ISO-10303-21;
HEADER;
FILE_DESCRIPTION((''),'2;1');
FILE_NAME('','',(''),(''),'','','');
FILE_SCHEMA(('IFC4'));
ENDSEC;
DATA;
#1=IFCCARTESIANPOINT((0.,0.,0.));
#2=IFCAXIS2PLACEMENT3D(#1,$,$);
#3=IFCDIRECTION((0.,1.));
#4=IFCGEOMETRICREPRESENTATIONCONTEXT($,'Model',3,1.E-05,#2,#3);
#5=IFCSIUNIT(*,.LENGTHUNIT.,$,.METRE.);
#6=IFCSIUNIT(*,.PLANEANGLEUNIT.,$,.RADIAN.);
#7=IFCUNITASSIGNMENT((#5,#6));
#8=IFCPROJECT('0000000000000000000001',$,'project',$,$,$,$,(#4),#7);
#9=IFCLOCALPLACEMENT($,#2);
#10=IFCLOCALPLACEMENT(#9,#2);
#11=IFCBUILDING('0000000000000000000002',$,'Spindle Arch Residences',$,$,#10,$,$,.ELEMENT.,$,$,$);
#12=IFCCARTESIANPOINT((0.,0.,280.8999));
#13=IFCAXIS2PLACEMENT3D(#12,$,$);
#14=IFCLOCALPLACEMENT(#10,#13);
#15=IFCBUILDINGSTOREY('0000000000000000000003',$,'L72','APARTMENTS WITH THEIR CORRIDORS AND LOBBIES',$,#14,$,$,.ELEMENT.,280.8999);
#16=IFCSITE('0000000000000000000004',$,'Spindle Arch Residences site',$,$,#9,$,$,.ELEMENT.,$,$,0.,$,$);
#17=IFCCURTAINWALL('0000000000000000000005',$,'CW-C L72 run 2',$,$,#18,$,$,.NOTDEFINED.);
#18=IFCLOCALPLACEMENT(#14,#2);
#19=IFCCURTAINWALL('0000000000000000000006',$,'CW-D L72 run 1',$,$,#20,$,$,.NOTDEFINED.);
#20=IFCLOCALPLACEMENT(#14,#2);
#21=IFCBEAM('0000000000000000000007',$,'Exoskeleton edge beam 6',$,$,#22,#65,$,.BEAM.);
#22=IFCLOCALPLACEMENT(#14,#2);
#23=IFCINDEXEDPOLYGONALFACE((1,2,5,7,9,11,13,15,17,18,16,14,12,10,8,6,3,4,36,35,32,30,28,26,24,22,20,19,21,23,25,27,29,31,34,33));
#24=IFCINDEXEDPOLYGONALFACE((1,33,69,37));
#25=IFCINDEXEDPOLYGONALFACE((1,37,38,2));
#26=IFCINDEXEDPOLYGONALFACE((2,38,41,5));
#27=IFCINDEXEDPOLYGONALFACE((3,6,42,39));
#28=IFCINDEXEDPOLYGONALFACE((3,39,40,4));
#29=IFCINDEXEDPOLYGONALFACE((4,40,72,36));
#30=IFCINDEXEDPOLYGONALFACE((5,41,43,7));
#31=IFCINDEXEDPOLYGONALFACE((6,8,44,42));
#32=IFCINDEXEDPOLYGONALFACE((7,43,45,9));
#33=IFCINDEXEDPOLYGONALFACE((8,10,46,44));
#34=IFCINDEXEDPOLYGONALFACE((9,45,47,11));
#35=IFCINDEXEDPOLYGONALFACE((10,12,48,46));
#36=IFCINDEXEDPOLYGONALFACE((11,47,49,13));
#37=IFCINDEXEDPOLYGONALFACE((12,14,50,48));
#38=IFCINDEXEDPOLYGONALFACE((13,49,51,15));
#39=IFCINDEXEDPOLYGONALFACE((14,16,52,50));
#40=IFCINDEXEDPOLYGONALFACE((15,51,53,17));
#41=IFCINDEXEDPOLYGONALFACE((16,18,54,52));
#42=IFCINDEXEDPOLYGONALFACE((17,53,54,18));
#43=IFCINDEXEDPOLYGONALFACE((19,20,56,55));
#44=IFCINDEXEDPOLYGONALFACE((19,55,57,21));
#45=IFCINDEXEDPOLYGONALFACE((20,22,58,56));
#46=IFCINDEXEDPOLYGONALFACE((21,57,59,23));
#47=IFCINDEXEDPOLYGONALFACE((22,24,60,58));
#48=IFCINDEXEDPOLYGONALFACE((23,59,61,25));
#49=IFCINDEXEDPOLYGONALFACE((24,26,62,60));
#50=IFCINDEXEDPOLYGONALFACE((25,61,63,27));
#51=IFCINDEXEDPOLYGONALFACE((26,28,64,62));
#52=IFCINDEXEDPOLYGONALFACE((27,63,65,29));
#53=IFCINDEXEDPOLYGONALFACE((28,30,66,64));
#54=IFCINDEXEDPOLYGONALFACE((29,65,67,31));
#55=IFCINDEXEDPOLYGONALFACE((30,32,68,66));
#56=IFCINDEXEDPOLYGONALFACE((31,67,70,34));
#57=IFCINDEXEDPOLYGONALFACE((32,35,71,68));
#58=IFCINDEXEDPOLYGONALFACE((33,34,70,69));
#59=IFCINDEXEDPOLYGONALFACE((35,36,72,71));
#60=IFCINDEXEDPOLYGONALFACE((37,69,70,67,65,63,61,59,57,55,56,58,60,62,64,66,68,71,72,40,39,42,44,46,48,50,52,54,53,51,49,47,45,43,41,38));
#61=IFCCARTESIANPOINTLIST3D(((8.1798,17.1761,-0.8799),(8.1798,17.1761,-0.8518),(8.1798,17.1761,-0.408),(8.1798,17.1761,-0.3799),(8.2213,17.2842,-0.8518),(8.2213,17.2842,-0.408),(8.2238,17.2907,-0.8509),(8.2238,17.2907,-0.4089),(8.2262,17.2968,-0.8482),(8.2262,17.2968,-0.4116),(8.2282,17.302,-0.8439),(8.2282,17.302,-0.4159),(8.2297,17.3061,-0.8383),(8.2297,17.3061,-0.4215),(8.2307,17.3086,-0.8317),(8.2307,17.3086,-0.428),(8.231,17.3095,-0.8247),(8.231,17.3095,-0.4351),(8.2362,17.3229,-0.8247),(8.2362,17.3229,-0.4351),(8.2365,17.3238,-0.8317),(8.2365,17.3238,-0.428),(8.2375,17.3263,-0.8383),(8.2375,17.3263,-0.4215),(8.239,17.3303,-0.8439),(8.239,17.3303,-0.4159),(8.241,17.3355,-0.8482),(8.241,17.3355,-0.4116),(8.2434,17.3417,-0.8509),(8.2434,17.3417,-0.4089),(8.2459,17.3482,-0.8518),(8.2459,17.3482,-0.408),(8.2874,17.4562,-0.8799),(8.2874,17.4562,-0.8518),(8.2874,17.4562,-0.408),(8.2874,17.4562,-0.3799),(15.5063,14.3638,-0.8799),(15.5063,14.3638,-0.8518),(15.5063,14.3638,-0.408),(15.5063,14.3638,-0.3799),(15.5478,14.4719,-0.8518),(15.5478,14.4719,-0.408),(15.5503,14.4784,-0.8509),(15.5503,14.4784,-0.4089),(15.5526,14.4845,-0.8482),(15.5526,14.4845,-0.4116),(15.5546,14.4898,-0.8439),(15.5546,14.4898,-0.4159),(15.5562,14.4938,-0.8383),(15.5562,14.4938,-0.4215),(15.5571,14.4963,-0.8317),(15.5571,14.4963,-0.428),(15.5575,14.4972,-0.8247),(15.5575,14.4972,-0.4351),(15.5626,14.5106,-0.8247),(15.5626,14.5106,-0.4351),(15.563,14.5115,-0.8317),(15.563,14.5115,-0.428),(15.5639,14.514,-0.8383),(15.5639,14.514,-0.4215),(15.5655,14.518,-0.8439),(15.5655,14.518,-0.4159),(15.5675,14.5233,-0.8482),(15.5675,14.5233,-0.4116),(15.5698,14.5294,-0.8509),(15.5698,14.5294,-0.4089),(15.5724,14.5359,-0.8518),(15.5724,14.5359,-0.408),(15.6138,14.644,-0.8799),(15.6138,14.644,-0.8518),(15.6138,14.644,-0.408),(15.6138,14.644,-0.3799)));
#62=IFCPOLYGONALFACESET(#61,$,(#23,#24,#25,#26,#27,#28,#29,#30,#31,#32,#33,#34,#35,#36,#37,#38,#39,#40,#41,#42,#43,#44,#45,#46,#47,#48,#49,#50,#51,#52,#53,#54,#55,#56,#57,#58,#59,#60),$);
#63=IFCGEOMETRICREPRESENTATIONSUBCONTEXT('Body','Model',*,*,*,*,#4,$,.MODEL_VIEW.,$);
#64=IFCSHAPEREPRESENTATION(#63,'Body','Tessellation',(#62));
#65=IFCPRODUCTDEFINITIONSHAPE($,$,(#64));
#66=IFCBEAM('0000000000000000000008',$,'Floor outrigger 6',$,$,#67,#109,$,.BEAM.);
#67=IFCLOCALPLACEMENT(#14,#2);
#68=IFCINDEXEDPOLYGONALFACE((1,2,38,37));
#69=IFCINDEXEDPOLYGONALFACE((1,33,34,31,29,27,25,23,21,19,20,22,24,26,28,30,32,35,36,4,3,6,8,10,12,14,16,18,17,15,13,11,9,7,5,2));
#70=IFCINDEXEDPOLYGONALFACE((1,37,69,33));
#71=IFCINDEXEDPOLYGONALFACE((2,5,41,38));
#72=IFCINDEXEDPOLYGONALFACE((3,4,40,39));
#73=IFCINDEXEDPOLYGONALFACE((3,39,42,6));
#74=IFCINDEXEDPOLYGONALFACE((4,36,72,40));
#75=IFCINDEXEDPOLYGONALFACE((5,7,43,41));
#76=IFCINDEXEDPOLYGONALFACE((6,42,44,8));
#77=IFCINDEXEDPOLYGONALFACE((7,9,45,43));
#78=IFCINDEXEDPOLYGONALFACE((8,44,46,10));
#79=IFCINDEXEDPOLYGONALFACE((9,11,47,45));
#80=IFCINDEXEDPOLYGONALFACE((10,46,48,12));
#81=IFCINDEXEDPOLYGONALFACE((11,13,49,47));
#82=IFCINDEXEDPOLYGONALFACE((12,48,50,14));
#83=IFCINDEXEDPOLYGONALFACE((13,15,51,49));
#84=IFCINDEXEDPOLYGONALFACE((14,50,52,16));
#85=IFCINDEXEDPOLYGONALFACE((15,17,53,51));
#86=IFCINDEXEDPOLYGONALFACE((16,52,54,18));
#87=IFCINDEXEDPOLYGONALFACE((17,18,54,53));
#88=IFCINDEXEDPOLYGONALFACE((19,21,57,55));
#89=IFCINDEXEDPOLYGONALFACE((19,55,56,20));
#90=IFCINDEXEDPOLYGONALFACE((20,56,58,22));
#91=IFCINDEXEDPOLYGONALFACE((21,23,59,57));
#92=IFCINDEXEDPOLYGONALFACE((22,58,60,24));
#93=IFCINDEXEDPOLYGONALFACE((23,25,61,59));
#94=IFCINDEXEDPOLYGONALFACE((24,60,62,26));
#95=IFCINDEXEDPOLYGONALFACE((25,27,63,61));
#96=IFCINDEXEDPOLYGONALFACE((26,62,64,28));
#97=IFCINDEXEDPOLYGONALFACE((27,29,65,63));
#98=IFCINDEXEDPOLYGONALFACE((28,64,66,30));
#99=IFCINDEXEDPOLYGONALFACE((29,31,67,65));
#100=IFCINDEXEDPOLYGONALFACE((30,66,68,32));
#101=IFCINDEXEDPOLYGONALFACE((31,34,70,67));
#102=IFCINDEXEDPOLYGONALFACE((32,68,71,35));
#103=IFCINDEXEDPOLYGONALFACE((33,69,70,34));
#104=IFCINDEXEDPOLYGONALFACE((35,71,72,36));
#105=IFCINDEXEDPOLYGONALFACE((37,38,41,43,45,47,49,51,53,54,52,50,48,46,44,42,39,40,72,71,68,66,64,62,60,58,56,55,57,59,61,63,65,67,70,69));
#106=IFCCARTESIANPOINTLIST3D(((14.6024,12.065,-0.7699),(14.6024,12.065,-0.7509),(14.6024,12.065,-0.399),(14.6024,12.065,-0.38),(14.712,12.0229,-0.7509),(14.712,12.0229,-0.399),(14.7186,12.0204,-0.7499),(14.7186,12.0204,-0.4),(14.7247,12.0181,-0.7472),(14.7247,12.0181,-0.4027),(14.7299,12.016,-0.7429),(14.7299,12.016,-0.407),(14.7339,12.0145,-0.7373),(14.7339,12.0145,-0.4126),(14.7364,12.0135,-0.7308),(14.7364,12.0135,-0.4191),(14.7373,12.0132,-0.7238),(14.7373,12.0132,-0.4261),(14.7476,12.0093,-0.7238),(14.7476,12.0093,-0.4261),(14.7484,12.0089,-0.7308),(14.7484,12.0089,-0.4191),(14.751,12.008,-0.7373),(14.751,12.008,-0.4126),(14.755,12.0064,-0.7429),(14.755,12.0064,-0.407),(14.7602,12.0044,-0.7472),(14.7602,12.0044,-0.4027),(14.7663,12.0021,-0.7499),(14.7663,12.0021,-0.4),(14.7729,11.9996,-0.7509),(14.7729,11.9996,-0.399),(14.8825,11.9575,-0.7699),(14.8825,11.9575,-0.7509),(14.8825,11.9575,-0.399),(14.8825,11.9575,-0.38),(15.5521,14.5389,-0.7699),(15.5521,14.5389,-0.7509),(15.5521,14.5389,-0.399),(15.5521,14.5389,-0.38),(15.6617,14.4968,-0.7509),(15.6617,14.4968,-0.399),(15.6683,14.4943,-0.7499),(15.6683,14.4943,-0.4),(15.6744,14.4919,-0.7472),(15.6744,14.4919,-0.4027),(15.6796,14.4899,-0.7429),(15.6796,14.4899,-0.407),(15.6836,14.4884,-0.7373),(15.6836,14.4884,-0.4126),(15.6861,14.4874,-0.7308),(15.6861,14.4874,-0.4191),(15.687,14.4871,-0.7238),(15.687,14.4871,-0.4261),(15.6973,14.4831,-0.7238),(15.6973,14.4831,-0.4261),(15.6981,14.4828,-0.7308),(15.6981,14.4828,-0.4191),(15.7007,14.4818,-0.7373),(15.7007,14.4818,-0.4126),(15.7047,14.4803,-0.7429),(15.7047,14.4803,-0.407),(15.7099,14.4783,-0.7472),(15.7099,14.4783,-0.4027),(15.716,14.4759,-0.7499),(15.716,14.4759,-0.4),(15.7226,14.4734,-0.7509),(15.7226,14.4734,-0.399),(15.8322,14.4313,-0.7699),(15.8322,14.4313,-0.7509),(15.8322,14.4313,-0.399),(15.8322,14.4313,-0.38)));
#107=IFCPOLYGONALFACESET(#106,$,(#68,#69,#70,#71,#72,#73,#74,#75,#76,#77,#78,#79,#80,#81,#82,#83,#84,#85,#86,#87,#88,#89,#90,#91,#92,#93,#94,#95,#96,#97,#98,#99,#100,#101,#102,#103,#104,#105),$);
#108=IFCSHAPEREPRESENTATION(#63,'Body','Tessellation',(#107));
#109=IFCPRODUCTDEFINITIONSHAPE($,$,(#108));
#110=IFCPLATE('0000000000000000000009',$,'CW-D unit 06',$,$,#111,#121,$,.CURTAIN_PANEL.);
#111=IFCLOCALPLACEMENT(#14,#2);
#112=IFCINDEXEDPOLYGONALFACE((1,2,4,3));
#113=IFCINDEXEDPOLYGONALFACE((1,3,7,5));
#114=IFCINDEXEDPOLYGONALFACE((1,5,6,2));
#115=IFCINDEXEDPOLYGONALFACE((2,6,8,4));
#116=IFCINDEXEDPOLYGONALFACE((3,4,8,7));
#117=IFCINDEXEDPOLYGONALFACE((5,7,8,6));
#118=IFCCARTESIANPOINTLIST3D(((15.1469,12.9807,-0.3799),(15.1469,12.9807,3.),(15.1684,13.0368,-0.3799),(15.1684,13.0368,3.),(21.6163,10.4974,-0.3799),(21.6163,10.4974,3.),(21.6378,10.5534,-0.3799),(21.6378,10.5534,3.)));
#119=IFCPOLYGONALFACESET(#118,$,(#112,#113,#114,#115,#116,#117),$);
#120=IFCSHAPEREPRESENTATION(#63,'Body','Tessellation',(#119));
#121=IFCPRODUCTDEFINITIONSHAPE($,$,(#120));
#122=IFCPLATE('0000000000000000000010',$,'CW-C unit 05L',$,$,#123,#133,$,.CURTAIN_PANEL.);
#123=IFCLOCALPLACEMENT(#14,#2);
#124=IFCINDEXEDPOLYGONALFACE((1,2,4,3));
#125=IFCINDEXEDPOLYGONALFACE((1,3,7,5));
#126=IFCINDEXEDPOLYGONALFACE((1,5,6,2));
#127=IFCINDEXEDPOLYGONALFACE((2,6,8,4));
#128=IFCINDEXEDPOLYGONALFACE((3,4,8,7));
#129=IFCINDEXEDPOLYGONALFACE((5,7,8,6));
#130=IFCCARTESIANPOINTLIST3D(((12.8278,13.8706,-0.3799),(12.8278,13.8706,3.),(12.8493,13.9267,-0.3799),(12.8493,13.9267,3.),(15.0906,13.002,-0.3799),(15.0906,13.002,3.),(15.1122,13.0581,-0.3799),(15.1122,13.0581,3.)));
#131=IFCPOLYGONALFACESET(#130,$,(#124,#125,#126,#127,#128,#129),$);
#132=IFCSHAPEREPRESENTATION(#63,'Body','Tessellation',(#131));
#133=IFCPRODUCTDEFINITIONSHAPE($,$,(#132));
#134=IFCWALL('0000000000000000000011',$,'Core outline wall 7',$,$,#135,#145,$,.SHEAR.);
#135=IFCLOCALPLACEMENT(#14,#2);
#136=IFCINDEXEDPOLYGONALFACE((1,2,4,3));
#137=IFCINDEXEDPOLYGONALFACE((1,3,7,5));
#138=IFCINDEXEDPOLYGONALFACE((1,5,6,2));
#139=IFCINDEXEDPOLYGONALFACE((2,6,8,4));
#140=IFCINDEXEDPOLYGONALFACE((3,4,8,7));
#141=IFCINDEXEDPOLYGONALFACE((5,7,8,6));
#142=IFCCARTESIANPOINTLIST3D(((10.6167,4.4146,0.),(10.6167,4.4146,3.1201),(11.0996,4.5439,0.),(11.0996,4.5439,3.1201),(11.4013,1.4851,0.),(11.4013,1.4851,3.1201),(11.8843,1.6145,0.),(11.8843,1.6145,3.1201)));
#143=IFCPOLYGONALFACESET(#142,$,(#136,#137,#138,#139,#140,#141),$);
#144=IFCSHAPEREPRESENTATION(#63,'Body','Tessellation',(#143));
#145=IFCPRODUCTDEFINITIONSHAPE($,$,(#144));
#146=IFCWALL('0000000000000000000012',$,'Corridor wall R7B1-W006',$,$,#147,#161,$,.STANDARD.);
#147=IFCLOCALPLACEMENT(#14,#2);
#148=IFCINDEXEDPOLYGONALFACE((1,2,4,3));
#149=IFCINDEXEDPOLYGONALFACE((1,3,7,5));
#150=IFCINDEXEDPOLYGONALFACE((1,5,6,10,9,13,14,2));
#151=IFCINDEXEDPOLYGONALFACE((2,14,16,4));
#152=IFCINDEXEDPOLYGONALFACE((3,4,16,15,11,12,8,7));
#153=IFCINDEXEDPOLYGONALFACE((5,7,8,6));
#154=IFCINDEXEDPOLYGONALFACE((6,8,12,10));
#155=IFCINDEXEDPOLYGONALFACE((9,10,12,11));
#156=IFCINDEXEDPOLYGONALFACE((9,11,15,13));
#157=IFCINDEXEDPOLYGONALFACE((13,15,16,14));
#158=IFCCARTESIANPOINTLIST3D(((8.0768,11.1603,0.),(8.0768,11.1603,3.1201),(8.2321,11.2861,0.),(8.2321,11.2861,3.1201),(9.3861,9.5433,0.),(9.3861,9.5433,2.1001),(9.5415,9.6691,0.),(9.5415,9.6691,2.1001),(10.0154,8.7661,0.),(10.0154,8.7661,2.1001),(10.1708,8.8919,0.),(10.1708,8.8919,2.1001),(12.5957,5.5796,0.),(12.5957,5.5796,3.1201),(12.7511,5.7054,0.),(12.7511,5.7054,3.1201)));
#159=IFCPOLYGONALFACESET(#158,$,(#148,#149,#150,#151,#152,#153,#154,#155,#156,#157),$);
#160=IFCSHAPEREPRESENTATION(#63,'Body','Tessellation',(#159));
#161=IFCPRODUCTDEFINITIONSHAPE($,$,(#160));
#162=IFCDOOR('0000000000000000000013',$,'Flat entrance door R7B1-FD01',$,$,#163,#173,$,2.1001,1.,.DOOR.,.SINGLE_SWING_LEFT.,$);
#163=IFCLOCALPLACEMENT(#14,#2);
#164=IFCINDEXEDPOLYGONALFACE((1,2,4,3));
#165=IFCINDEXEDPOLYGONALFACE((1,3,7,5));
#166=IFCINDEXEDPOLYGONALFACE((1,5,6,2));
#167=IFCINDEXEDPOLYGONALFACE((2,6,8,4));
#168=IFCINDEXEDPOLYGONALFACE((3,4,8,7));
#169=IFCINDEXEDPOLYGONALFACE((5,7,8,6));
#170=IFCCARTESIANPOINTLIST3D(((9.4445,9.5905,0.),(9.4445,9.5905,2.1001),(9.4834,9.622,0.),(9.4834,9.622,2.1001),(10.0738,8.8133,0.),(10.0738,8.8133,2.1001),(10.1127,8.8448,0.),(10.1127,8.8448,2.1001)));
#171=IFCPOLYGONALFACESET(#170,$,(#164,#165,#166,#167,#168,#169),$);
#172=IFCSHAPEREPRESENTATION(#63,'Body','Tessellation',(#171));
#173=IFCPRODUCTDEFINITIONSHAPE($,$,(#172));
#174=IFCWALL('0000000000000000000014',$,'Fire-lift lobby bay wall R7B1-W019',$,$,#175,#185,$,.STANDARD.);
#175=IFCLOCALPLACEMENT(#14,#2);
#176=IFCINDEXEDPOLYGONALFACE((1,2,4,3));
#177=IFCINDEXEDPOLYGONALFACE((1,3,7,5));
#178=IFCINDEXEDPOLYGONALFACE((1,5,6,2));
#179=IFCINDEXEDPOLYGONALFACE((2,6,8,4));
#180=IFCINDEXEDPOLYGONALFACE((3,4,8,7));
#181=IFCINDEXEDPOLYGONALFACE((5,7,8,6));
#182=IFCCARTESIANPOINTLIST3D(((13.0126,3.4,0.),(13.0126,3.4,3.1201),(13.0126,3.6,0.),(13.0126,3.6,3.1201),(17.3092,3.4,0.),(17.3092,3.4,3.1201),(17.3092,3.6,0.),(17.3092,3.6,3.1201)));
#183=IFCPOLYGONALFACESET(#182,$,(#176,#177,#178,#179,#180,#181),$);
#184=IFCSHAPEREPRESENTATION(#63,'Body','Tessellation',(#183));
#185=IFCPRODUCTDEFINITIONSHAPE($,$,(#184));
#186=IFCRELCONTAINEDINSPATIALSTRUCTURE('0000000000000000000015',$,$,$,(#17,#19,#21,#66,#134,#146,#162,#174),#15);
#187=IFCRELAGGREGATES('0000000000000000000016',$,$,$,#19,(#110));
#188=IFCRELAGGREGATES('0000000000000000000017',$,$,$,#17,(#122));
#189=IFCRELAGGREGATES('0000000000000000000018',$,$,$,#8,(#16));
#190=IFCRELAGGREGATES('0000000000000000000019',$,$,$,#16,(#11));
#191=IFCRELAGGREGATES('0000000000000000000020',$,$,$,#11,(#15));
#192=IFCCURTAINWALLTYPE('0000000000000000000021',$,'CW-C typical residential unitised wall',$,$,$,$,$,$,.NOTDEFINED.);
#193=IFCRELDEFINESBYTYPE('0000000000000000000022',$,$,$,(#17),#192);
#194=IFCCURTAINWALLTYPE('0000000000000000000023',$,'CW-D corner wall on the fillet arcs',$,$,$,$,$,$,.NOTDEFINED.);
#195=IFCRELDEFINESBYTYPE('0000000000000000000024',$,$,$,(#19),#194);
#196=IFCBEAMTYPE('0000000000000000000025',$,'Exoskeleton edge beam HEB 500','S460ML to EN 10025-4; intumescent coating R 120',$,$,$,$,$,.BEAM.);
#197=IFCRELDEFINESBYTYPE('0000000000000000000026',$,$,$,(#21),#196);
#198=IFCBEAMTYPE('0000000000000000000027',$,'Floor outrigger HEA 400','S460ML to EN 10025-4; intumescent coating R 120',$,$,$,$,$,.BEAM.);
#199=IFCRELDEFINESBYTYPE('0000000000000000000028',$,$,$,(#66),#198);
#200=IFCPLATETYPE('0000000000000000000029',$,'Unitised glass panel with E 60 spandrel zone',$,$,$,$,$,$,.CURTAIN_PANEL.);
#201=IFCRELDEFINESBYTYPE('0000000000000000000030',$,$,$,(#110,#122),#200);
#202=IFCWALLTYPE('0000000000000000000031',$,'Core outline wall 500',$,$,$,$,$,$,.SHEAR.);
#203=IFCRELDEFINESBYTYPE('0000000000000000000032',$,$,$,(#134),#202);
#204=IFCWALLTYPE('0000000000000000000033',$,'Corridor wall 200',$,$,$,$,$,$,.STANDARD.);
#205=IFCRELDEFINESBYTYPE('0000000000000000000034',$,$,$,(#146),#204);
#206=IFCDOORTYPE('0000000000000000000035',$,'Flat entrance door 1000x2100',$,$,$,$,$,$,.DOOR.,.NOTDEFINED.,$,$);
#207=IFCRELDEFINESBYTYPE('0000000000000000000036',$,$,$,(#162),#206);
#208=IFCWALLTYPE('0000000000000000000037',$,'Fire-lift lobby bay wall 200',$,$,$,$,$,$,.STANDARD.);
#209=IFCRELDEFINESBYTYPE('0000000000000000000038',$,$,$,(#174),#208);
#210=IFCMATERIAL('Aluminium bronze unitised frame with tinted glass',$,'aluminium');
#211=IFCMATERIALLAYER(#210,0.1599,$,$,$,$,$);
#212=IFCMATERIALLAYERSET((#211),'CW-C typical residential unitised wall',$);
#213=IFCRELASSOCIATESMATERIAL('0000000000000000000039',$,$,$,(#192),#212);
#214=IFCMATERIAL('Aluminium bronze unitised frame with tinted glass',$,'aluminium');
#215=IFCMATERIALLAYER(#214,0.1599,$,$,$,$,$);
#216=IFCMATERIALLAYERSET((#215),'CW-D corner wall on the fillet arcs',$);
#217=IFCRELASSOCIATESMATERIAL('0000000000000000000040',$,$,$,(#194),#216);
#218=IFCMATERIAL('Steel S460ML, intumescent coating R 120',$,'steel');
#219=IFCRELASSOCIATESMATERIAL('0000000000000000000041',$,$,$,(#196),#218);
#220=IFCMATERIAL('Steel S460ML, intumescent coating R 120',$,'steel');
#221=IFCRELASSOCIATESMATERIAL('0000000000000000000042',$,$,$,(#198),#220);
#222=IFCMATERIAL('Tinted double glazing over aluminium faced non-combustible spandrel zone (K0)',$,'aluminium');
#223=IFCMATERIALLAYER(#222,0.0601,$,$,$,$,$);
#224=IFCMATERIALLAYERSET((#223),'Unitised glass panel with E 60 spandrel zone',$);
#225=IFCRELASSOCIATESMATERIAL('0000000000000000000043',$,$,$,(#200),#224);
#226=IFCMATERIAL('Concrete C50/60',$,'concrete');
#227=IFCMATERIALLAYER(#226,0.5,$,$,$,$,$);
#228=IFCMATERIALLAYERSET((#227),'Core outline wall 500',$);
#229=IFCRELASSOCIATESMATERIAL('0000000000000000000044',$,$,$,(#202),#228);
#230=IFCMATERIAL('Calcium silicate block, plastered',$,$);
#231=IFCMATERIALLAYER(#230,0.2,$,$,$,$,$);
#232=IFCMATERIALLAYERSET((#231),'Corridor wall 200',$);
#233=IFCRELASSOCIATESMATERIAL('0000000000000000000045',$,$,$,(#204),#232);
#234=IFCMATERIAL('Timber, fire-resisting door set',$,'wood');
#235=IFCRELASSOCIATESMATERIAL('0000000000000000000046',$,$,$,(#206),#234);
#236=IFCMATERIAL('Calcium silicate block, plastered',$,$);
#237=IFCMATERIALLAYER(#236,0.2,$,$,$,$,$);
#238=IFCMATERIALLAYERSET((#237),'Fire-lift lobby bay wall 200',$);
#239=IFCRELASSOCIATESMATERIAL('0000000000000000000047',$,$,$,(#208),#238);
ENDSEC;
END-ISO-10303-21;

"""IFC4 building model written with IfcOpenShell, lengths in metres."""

from ifc_helpers import new_model, si_unit, direction, frame, frame_2d, origin, origin_2d, place, context, subcontext, project, spatial, rectangle, i_section, extrude, material, layer, layer_set, material_profile, profile_set, type_object, element, fill, aggregate, save


model = new_model("IFC4")

# Units and contexts
model_context = context("Model", 3, precision=1e-05, world=origin(), true_north=direction((0.0, 1.0)))
body_context = subcontext(model_context, "Body", "Model", "MODEL_VIEW")
ifc_project = project(units=[si_unit("LENGTHUNIT", "METRE"), si_unit("PLANEANGLEUNIT", "RADIAN")], contexts=[model_context])

# Site, building, storey
site_placement = place(None, origin())
site = spatial("IfcSite", under=ifc_project, at=site_placement, Name="Spindle Arch Residences site", CompositionType="ELEMENT", RefElevation=0.0)
building_placement = place(site_placement, origin())
building = spatial("IfcBuilding", under=site, at=building_placement, Name="Spindle Arch Residences", CompositionType="ELEMENT")
storey_placement = place(building_placement, frame((0.0, 0.0, 280.8999)))
storey = spatial("IfcBuildingStorey", under=building, at=storey_placement, Name="L72", Description="APARTMENTS WITH THEIR CORRIDORS AND LOBBIES", CompositionType="ELEMENT", Elevation=280.8999)

# Curtain walls
ifc_material_1 = material(Name="Aluminium bronze unitised frame with tinted glass", Category="aluminium")
ifc_layer_1 = layer(ifc_material_1, 0.1599)
ifc_layer_set_1 = layer_set([ifc_layer_1], Name="CW-C typical residential unitised wall")
curtain_wall_type_1 = type_object("IfcCurtainWallType", Name="CW-C typical residential unitised wall", PredefinedType="NOTDEFINED", material=ifc_layer_set_1)
curtain_wall_1_placement = place(storey_placement, origin())
curtain_wall_1 = element("IfcCurtainWall", 1, at=curtain_wall_1_placement, inside=storey, type_object=curtain_wall_type_1, Name="CW-C L72 run 2", PredefinedType="NOTDEFINED")
ifc_material_2 = material(Name="Aluminium bronze unitised frame with tinted glass", Category="aluminium")
ifc_layer_2 = layer(ifc_material_2, 0.1599)
ifc_layer_set_2 = layer_set([ifc_layer_2], Name="CW-D corner wall on the fillet arcs")
curtain_wall_type_2 = type_object("IfcCurtainWallType", Name="CW-D corner wall on the fillet arcs", PredefinedType="NOTDEFINED", material=ifc_layer_set_2)
curtain_wall_2_placement = place(storey_placement, origin())
curtain_wall_2 = element("IfcCurtainWall", 2, at=curtain_wall_2_placement, inside=storey, type_object=curtain_wall_type_2, Name="CW-D L72 run 1", PredefinedType="NOTDEFINED")

# Beams
ifc_material_3 = material(Name="Steel S460ML, intumescent coating R 120", Category="steel")
ifc_material_profile_1 = material_profile(ifc_material_3, i_section(OverallWidth=0.3, OverallDepth=0.5, WebThickness=0.0144, FlangeThickness=0.0281, FilletRadius=0.0271, at=origin_2d()), Name="HEB 500")
ifc_profile_set_1 = profile_set([ifc_material_profile_1], Name="Steel S460ML, intumescent coating R 120")
beam_type_1 = type_object("IfcBeamType", Name="Exoskeleton edge beam HEB 500", Description="S460ML to EN 10025-4; intumescent coating R 120", PredefinedType="BEAM", material=ifc_profile_set_1)
beam_1_placement = place(storey_placement, frame((15.5601, 14.5039, -0.6299), z_axis=(-0.933584, 0.358358, 0.0), x_axis=(-0.358358, -0.933584, 0.0)))
element("IfcBeam", 3, at=beam_1_placement, inside=storey, type_object=beam_type_1, Name="Exoskeleton edge beam 6", PredefinedType="BEAM", context=body_context, shape_type="SweptSolid", body=[
    extrude(i_section(OverallWidth=0.3, OverallDepth=0.5, WebThickness=0.0144, FlangeThickness=0.0281, FilletRadius=0.0271, at=origin_2d()), origin(), (0.0, 0.0, 1.0), 7.8477),
])
ifc_material_4 = material(Name="Steel S460ML, intumescent coating R 120", Category="steel")
ifc_material_profile_2 = material_profile(ifc_material_4, i_section(OverallWidth=0.3, OverallDepth=0.3899, WebThickness=0.011, FlangeThickness=0.019, FilletRadius=0.0271, at=origin_2d()), Name="HEA 400")
ifc_profile_set_2 = profile_set([ifc_material_profile_2], Name="Steel S460ML, intumescent coating R 120")
beam_type_2 = type_object("IfcBeamType", Name="Floor outrigger HEA 400", Description="S460ML to EN 10025-4; intumescent coating R 120", PredefinedType="BEAM", material=ifc_profile_set_2)
beam_2_placement = place(storey_placement, frame((15.6921, 14.4851, -0.575), z_axis=(-0.358392, -0.933571, 0.0), x_axis=(0.933571, -0.358392, 0.0)))
element("IfcBeam", 4, at=beam_2_placement, inside=storey, type_object=beam_type_2, Name="Floor outrigger 6", PredefinedType="BEAM", context=body_context, shape_type="SweptSolid", body=[
    extrude(i_section(OverallWidth=0.3, OverallDepth=0.3899, WebThickness=0.011, FlangeThickness=0.019, FilletRadius=0.0271, at=origin_2d()), origin(), (0.0, 0.0, 1.0), 2.6499),
])

# Plates
ifc_material_5 = material(Name="Tinted double glazing over aluminium faced non-combustible spandrel zone (K0)", Category="aluminium")
ifc_layer_3 = layer(ifc_material_5, 0.0601)
ifc_layer_set_3 = layer_set([ifc_layer_3], Name="Unitised glass panel with E 60 spandrel zone")
plate_type = type_object("IfcPlateType", Name="Unitised glass panel with E 60 spandrel zone", PredefinedType="CURTAIN_PANEL", material=ifc_layer_set_3)
plate_1_placement = place(storey_placement, frame((18.3923, 11.7671, -0.3799), z_axis=(0.0, 0.0, 1.0), x_axis=(-0.93358, 0.358368, 0.0)))
plate_1 = element("IfcPlate", 5, at=plate_1_placement, type_object=plate_type, Name="CW-D unit 06", PredefinedType="CURTAIN_PANEL", context=body_context, shape_type="SweptSolid", body=[
    extrude(rectangle(XDim=6.9297, YDim=0.0601, at=origin_2d()), origin(), (0.0, 0.0, 1.0), 3.3799),
])
aggregate(curtain_wall_2, [plate_1])
plate_2_placement = place(storey_placement, frame((13.97, 13.4644, -0.3799), z_axis=(0.0, 0.0, 1.0), x_axis=(-0.93358, 0.358368, 0.0)))
plate_2 = element("IfcPlate", 6, at=plate_2_placement, type_object=plate_type, Name="CW-C unit 05L", PredefinedType="CURTAIN_PANEL", context=body_context, shape_type="SweptSolid", body=[
    extrude(rectangle(XDim=2.4238, YDim=0.0601, at=origin_2d()), origin(), (0.0, 0.0, 1.0), 3.3799),
])
aggregate(curtain_wall_1, [plate_2])

# Wall
ifc_material_6 = material(Name="Concrete C50/60", Category="concrete")
ifc_layer_4 = layer(ifc_material_6, 0.5)
ifc_layer_set_4 = layer_set([ifc_layer_4], Name="Core outline wall 500")
wall_type_1 = type_object("IfcWallType", Name="Core outline wall 500", PredefinedType="SHEAR", material=ifc_layer_set_4)
wall_1_placement = place(storey_placement, frame((11.6428, 1.5498, 0.0), z_axis=(0.0, 0.0, 1.0), x_axis=(-0.258735, 0.965948, 0.0)))
element("IfcWall", 7, at=wall_1_placement, inside=storey, type_object=wall_type_1, Name="Core outline wall 7", PredefinedType="SHEAR", context=body_context, shape_type="SweptSolid", body=[
    extrude(rectangle(XDim=3.0327, YDim=0.5, at=frame_2d((1.5164, 0.0))), origin(), (0.0, 0.0, 1.0), 3.1201),
])

# Wall, opening, door
ifc_material_7 = material(Name="Calcium silicate block, plastered")
ifc_layer_5 = layer(ifc_material_7, 0.2)
ifc_layer_set_5 = layer_set([ifc_layer_5], Name="Corridor wall 200")
wall_type_2 = type_object("IfcWallType", Name="Corridor wall 200", PredefinedType="STANDARD", material=ifc_layer_set_5)
wall_2_placement = place(storey_placement, frame((12.6733, 5.6426, 0.0), z_axis=(0.0, 0.0, 1.0), x_axis=(-0.629303, 0.77716, 0.0)))
wall_2 = element("IfcWall", 8, at=wall_2_placement, inside=storey, type_object=wall_type_2, Name="Corridor wall R7B1-W006", PredefinedType="STANDARD", context=body_context, shape_type="SweptSolid", body=[
    extrude(rectangle(XDim=7.1809, YDim=0.2, at=frame_2d((3.5903, 0.0))), origin(), (0.0, 0.0, 1.0), 3.1201),
])
opening_1_placement = place(wall_2_placement, frame((4.1001, 0.0, 0.0)))
opening_1 = element("IfcOpeningElement", 9, at=opening_1_placement, cuts=wall_2, PredefinedType="OPENING", context=body_context, shape_type="SweptSolid", body=[
    extrude(rectangle(XDim=1.0, YDim=2.1001, at=frame_2d((0.5, 1.05))), frame((0.0, 0.1099, 0.0), z_axis=(0.0, -1.0, 0.0), x_axis=(1.0, 0.0, 0.0)), (0.0, 0.0, 1.0), 0.22),
])
ifc_material_8 = material(Name="Timber, fire-resisting door set", Category="wood")
door_type_1 = type_object("IfcDoorType", Name="Flat entrance door 1000x2100", OperationType="NOTDEFINED", PredefinedType="DOOR", material=ifc_material_8)
door_1_placement = place(opening_1_placement, origin())
door_1 = element("IfcDoor", 10, at=door_1_placement, inside=storey, type_object=door_type_1, Name="Flat entrance door R7B1-FD01", OperationType="SINGLE_SWING_LEFT", OverallHeight=2.1001, OverallWidth=1.0, PredefinedType="DOOR", context=body_context, shape_type="SweptSolid", body=[
    extrude(rectangle(XDim=1.0, YDim=2.1001, at=frame_2d((0.5, 1.05))), frame((0.0, 0.0249, 0.0), z_axis=(0.0, -1.0, 0.0), x_axis=(1.0, 0.0, 0.0)), (0.0, 0.0, 1.0), 0.05),
])
fill(opening_1, door_1)

# Wall
ifc_material_9 = material(Name="Calcium silicate block, plastered")
ifc_layer_6 = layer(ifc_material_9, 0.2)
ifc_layer_set_6 = layer_set([ifc_layer_6], Name="Fire-lift lobby bay wall 200")
wall_type_3 = type_object("IfcWallType", Name="Fire-lift lobby bay wall 200", PredefinedType="STANDARD", material=ifc_layer_set_6)
wall_3_placement = place(storey_placement, frame((17.3093, 3.5, 0.0), z_axis=(0.0, 0.0, 1.0), x_axis=(-1.0, 0.0, 0.0)))
element("IfcWall", 11, at=wall_3_placement, inside=storey, type_object=wall_type_3, Name="Fire-lift lobby bay wall R7B1-W019", PredefinedType="STANDARD", context=body_context, shape_type="SweptSolid", body=[
    extrude(rectangle(XDim=4.2966, YDim=0.2, at=frame_2d((2.1484, 0.0))), origin(), (0.0, 0.0, 1.0), 3.1201),
])

save(model, "model.ifc")
